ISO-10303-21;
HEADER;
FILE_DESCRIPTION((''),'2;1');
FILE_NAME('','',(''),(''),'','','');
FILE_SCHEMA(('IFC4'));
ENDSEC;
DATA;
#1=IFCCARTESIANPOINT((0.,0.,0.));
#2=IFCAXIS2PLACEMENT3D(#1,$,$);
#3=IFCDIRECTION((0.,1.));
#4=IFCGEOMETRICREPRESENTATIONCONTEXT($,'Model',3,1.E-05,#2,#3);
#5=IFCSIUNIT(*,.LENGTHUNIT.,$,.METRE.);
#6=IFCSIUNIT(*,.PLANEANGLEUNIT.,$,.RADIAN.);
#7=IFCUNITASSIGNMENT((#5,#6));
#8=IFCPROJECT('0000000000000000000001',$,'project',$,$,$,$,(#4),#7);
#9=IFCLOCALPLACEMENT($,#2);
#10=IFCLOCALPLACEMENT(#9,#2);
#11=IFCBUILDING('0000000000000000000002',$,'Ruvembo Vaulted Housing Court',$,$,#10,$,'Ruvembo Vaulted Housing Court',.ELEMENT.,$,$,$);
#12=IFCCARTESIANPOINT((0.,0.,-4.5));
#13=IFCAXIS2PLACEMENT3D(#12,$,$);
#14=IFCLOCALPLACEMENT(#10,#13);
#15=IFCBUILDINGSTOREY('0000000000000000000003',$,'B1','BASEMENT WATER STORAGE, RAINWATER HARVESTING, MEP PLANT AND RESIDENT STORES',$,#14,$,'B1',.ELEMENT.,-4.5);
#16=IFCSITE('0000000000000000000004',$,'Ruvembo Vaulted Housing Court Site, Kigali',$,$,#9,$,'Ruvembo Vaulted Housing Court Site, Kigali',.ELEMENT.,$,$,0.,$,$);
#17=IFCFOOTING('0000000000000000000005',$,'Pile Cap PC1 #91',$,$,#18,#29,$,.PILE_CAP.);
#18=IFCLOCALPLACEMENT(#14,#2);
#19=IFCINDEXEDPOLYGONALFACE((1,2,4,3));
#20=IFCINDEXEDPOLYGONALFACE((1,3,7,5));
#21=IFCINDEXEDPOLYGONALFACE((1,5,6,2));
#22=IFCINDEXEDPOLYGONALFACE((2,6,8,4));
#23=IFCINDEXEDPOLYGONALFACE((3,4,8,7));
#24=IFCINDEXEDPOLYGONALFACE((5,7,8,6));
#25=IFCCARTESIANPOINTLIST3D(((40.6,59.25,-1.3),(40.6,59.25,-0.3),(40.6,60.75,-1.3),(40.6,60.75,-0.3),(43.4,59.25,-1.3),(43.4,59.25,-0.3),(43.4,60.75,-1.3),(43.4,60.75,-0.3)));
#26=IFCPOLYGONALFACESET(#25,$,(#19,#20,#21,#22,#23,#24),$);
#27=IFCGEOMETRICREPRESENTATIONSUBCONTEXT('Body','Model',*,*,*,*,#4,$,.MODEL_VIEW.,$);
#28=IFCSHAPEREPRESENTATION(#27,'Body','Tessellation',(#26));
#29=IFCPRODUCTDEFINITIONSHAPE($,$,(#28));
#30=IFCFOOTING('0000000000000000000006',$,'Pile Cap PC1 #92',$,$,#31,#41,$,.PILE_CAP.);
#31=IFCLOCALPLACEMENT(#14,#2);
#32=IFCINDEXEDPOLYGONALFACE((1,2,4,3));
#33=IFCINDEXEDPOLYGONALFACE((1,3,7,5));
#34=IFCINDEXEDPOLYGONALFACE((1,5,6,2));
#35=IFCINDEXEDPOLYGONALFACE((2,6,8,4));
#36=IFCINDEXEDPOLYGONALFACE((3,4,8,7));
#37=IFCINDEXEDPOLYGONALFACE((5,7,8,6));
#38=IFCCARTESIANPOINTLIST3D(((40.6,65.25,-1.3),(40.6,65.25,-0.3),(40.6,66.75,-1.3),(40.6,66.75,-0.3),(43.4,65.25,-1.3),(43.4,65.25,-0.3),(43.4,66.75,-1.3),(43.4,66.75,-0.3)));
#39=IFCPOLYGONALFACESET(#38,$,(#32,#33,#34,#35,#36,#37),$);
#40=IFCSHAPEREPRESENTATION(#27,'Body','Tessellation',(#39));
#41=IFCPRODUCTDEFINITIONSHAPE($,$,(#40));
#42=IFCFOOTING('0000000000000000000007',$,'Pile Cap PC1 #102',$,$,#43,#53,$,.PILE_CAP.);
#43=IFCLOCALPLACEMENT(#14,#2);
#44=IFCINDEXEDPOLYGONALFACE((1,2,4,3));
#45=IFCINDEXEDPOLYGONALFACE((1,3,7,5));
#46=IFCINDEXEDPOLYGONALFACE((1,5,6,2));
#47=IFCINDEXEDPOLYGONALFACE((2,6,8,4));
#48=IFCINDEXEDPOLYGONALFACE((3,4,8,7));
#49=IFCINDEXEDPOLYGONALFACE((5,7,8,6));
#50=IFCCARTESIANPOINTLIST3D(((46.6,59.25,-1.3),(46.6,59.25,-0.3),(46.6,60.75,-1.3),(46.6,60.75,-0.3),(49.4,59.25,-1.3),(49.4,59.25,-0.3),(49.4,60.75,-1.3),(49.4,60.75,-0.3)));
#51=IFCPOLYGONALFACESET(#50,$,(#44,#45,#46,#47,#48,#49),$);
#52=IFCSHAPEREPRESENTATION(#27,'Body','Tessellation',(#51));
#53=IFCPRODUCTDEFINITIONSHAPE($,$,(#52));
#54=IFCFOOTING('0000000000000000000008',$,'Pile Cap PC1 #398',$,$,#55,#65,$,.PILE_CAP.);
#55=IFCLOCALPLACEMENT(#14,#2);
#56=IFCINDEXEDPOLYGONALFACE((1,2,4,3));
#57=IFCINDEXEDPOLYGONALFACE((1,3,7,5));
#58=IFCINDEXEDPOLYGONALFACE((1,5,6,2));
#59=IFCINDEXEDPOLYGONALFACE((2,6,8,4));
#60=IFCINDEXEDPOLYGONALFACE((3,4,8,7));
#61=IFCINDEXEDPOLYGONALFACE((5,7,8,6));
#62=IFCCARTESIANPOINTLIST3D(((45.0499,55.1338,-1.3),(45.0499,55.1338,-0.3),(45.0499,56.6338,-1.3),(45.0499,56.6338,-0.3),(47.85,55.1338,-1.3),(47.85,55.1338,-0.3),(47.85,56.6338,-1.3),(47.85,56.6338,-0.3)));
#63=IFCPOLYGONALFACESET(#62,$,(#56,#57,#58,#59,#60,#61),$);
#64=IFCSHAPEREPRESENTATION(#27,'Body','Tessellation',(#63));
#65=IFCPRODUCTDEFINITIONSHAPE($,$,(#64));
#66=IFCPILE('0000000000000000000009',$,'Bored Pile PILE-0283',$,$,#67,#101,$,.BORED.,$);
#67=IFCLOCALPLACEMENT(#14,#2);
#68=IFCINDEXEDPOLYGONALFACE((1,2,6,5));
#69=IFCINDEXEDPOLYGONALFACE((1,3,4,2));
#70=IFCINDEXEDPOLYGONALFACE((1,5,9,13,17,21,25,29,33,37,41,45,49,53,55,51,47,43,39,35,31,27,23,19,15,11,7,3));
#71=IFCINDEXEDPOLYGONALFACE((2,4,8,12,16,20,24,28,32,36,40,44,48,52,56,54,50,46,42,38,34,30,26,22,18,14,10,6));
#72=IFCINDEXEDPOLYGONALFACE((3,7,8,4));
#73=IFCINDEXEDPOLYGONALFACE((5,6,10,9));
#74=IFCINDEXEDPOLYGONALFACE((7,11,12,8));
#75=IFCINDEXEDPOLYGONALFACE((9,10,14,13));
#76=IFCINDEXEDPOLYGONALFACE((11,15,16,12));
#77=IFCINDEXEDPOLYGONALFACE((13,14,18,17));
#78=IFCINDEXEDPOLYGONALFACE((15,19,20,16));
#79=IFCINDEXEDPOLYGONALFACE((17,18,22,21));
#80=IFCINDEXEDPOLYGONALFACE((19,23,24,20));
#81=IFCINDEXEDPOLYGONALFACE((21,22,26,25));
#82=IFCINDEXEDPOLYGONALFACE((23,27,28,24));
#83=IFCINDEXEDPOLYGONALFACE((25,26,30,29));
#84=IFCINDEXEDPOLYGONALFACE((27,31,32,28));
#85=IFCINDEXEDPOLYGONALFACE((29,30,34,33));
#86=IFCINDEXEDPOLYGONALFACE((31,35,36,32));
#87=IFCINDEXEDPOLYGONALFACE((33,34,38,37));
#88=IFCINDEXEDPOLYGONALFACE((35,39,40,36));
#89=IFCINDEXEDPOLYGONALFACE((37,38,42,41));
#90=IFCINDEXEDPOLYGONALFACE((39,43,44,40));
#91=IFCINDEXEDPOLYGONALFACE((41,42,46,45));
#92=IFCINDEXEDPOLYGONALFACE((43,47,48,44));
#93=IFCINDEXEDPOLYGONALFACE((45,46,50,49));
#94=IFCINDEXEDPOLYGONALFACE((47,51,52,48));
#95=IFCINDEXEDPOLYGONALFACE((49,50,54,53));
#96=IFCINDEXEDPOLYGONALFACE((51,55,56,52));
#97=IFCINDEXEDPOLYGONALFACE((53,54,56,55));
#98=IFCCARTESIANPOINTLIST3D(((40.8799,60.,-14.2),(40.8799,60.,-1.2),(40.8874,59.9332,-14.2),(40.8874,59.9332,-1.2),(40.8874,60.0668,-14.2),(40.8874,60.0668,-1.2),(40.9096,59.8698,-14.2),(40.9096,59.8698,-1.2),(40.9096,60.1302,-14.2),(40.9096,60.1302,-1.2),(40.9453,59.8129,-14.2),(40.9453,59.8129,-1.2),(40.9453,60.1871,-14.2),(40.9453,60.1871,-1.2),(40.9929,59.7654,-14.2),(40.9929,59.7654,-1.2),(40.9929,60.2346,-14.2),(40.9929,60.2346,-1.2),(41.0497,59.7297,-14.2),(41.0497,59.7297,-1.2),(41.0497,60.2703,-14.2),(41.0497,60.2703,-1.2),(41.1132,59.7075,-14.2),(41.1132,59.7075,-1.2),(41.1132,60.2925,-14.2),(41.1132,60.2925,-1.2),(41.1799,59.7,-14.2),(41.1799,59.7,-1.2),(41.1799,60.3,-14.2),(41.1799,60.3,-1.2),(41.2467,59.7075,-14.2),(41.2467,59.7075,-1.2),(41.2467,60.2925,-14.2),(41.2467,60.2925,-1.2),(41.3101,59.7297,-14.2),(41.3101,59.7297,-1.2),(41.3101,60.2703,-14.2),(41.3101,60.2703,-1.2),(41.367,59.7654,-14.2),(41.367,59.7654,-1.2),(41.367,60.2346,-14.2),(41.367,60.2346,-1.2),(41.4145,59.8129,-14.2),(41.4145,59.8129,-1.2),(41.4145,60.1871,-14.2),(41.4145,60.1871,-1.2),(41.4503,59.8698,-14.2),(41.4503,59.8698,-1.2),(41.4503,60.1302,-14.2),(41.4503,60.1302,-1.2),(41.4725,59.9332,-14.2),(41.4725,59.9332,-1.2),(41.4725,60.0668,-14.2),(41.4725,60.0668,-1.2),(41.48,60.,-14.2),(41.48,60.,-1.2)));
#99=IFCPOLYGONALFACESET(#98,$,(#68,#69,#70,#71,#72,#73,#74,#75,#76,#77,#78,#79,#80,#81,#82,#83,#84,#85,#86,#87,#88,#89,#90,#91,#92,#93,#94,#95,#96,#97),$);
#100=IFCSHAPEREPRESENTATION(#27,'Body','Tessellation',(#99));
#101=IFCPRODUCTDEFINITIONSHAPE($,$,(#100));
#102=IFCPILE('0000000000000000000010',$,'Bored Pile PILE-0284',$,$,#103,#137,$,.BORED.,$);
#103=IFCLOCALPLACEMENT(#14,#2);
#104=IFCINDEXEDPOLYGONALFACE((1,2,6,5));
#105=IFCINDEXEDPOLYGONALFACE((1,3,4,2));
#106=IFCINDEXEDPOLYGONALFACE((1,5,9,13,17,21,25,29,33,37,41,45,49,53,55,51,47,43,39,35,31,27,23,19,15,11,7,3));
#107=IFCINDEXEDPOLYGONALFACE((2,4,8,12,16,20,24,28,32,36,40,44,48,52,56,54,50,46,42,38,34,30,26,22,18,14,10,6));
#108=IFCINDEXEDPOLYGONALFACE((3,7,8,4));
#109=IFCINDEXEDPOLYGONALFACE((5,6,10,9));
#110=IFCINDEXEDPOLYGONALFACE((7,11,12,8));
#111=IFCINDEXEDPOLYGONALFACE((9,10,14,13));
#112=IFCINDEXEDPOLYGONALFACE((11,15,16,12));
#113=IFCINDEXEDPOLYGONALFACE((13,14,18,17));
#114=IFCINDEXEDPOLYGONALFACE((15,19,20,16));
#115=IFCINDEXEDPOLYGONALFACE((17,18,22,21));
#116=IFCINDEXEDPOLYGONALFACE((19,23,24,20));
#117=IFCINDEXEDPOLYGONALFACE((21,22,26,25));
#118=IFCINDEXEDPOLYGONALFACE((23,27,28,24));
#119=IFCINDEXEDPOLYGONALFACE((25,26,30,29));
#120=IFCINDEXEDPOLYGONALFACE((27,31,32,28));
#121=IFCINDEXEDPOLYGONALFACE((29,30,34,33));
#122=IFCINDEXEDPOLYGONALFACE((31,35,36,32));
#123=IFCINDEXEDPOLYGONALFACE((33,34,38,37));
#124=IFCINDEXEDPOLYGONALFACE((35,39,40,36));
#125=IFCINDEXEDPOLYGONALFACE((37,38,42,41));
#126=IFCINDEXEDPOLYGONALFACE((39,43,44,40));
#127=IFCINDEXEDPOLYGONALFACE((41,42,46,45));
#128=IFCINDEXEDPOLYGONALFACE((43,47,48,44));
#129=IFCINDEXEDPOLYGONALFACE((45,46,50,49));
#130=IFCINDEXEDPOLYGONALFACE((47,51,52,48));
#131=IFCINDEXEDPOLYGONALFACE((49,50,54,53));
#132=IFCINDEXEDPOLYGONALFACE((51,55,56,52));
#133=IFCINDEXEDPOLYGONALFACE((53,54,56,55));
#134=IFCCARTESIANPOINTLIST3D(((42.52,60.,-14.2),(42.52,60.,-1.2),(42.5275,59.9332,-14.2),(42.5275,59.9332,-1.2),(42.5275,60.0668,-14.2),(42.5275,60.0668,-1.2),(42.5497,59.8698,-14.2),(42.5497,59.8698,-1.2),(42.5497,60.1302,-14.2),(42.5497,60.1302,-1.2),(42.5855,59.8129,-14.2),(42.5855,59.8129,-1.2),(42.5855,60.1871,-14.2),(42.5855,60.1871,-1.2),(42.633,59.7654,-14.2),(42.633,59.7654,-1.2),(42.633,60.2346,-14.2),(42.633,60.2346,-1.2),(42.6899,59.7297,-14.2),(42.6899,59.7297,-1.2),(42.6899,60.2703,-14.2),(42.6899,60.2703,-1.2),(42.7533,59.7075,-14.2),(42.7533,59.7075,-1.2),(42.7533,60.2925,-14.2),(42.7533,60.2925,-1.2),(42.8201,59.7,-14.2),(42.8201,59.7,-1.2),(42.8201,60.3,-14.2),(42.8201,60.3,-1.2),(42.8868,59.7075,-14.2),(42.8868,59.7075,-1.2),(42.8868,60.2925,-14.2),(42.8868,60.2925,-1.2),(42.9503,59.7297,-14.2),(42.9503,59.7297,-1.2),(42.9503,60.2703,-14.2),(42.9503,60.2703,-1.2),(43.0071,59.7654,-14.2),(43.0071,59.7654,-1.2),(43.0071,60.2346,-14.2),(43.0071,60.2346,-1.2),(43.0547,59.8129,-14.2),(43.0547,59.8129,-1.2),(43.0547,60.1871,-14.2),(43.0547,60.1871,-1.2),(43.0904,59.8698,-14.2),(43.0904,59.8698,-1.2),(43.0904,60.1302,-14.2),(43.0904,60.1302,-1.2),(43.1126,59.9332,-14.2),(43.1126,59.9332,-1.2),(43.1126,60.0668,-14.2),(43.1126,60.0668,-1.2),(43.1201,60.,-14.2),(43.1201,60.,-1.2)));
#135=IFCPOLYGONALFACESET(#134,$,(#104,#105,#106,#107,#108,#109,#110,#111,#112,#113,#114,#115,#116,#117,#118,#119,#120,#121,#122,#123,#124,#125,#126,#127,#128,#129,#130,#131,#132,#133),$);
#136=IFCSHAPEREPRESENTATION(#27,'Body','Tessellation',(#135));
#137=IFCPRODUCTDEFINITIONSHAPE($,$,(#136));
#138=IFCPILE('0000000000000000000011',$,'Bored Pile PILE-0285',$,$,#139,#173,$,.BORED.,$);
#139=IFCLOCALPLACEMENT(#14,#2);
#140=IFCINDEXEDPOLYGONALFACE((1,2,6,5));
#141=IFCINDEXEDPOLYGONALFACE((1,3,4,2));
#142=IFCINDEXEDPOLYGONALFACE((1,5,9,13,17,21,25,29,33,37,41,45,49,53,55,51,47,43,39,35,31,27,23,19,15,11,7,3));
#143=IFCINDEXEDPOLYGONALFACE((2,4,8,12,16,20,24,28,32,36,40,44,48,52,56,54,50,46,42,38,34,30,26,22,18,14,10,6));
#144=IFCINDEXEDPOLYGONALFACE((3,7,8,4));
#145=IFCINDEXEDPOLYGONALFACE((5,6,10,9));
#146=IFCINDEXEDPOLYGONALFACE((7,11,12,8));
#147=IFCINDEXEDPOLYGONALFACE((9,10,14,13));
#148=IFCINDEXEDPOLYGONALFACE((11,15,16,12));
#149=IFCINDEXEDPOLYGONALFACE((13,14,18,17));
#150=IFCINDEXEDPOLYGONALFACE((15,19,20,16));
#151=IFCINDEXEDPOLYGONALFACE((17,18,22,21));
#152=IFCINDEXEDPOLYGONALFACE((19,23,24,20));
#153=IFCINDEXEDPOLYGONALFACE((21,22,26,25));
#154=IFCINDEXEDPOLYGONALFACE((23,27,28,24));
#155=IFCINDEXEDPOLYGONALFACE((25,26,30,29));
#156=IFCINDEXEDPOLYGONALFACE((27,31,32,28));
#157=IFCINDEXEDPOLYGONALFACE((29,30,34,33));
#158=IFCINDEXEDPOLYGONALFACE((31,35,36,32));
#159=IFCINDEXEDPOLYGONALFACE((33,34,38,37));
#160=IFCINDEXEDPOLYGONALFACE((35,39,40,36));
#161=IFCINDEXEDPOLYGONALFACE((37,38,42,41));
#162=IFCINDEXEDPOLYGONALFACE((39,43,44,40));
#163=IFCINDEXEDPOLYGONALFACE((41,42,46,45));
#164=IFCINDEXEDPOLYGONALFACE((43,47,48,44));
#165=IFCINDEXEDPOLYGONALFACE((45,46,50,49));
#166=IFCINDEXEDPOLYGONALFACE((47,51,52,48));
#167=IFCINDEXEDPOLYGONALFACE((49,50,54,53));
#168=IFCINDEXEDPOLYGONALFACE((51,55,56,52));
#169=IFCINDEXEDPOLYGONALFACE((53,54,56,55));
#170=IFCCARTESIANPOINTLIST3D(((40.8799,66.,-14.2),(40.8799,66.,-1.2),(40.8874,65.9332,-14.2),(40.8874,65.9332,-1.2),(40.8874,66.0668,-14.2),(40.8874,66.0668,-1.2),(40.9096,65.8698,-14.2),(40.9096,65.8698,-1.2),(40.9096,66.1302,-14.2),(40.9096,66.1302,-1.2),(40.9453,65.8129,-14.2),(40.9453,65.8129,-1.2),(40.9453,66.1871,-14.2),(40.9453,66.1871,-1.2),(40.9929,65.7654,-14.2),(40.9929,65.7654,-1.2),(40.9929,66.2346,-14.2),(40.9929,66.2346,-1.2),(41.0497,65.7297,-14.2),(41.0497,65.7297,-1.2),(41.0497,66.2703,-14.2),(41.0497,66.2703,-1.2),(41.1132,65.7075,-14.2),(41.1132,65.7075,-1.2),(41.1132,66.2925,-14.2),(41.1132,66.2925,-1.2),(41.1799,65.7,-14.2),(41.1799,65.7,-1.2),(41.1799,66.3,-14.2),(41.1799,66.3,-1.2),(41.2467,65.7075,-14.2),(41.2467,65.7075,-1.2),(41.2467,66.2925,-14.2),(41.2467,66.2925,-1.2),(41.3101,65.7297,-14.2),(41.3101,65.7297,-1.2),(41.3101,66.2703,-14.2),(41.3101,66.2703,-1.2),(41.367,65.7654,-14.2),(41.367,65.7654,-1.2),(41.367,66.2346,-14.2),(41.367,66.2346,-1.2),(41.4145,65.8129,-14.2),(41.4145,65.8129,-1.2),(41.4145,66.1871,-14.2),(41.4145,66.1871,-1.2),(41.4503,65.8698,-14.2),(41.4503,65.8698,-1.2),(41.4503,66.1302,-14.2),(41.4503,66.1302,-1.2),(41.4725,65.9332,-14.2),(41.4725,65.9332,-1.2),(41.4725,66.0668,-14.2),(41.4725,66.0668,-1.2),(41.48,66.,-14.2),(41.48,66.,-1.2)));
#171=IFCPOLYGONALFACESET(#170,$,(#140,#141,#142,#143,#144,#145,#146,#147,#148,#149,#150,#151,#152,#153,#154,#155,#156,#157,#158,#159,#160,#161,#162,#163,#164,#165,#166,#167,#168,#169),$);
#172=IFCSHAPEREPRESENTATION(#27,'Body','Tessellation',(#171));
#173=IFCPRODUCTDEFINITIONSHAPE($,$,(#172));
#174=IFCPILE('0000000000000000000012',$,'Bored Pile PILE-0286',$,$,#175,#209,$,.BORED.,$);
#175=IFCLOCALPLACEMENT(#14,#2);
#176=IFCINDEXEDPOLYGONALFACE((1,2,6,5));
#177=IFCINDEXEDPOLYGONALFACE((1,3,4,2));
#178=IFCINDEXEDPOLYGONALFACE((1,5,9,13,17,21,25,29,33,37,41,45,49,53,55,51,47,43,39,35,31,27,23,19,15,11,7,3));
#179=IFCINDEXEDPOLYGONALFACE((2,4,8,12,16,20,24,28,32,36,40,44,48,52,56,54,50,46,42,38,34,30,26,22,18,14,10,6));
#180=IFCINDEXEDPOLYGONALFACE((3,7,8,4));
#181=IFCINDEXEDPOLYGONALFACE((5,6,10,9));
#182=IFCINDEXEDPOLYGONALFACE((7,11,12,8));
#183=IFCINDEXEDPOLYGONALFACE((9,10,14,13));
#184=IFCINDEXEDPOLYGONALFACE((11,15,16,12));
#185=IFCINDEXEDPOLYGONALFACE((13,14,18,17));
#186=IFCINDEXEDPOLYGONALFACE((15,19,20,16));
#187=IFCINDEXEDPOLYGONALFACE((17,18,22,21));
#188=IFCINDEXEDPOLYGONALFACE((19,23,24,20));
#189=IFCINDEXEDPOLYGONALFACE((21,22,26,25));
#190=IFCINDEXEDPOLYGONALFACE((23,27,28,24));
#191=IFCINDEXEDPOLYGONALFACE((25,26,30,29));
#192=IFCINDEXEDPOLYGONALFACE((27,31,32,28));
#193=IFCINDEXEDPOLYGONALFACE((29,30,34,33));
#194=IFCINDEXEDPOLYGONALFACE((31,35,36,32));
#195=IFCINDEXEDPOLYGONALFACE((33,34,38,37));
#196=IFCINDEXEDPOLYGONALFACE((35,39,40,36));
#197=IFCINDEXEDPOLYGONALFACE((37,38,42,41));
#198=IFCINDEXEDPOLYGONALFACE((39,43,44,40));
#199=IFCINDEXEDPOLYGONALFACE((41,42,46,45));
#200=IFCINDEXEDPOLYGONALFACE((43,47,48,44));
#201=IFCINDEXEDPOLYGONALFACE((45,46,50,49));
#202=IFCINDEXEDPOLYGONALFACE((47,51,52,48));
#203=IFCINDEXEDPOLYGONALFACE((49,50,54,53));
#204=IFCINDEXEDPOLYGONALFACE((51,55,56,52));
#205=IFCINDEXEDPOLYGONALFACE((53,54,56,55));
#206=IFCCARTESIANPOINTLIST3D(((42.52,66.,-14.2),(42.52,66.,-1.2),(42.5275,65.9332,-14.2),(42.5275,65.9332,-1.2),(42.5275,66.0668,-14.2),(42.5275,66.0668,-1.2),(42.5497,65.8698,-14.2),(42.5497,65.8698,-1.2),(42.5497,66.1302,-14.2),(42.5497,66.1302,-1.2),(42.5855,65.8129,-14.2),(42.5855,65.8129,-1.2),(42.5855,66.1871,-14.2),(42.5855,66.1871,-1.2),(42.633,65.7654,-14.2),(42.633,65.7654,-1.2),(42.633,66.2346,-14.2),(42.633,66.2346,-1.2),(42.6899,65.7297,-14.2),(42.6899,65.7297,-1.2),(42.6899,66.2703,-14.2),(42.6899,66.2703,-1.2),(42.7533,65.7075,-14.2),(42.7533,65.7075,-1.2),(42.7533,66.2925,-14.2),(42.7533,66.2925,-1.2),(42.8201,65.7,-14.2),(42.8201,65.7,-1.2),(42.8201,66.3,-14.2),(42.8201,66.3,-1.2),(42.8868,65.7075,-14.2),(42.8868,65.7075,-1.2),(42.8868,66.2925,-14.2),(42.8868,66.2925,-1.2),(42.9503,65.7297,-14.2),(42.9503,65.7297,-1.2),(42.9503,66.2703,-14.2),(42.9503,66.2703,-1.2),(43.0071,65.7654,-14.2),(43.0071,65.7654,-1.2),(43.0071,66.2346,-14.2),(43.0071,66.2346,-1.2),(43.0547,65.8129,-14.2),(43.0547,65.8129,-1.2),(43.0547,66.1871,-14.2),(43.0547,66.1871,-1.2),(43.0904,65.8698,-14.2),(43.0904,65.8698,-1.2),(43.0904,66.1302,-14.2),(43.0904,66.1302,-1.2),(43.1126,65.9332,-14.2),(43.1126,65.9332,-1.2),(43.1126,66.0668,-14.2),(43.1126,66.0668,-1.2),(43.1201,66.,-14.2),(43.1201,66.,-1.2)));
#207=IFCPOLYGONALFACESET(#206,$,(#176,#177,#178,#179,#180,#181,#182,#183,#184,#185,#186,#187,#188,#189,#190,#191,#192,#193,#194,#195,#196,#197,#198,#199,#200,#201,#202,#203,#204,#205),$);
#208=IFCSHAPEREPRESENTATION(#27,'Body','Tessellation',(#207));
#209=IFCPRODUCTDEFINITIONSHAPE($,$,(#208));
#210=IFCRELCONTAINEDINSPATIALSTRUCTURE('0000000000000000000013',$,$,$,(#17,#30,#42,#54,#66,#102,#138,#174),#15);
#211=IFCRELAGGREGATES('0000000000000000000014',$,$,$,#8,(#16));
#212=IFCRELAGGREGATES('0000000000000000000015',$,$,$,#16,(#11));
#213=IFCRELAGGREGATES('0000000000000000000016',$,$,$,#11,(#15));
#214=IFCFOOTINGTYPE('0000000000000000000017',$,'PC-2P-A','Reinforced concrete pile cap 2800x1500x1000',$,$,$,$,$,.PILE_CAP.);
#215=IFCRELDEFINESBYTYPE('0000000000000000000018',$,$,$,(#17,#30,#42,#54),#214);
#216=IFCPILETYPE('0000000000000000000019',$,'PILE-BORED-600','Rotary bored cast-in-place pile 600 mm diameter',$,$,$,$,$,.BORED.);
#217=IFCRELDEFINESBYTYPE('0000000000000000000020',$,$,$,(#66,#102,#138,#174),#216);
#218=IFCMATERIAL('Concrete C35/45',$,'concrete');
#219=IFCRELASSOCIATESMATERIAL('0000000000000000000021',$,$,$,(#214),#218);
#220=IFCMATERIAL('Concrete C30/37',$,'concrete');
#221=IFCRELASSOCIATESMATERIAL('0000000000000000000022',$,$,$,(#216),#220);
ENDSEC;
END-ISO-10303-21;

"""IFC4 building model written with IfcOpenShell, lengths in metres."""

from ifc_helpers import new_model, si_unit, direction, frame, origin, origin_2d, place, context, subcontext, project, spatial, rectangle, circle, extrude, material, material_profile, profile_set, type_object, element, save


model = new_model("IFC4")

# Units and contexts
model_context = context("Model", 3, precision=1e-05, world=origin(), true_north=direction((0.0, 1.0)))
body_context = subcontext(model_context, "Body", "Model", "MODEL_VIEW")
ifc_project = project(units=[si_unit("LENGTHUNIT", "METRE"), si_unit("PLANEANGLEUNIT", "RADIAN")], contexts=[model_context])

# Site, building, storey
site_placement = place(None, origin())
site = spatial("IfcSite", under=ifc_project, at=site_placement, Name="Ruvembo Vaulted Housing Court Site, Kigali", LongName="Ruvembo Vaulted Housing Court Site, Kigali", CompositionType="ELEMENT", RefElevation=0.0)
building_placement = place(site_placement, origin())
building = spatial("IfcBuilding", under=site, at=building_placement, Name="Ruvembo Vaulted Housing Court", LongName="Ruvembo Vaulted Housing Court", CompositionType="ELEMENT")
storey_placement = place(building_placement, frame((0.0, 0.0, -4.5)))
storey = spatial("IfcBuildingStorey", under=building, at=storey_placement, Name="B1", Description="BASEMENT WATER STORAGE, RAINWATER HARVESTING, MEP PLANT AND RESIDENT STORES", LongName="B1", CompositionType="ELEMENT", Elevation=-4.5)

# Footings
ifc_material_1 = material(Name="Concrete C35/45", Category="concrete")
footing_type = type_object("IfcFootingType", Name="PC-2P-A", Description="Reinforced concrete pile cap 2800x1500x1000", PredefinedType="PILE_CAP", material=ifc_material_1)
for number, where, z_axis, x_axis, name in (
    (1, (42.0, 60.0, -1.3), (0.0, 0.0, 1.0), (1.0, 0.0, 0.0), "Pile Cap PC1 #91"),
    (2, (42.0, 66.0, -1.3), (0.0, 0.0, 1.0), (1.0, 0.0, 0.0), "Pile Cap PC1 #92"),
    (3, (48.0, 60.0, -1.3), (0.0, 0.0, 1.0), (1.0, 0.0, 0.0), "Pile Cap PC1 #102"),
    (4, (46.45, 55.8838, -1.3), (0.0, 0.0, 1.0), (1.0, 0.0, 0.0), "Pile Cap PC1 #398"),
):
    element("IfcFooting", number, at=place(storey_placement, frame(where, z_axis=z_axis, x_axis=x_axis)), inside=storey, type_object=footing_type, Name=name, PredefinedType="PILE_CAP", context=body_context, shape_type="SweptSolid", body=[
        extrude(rectangle(XDim=2.8, YDim=1.5, at=origin_2d()), origin(), (0.0, 0.0, 1.0), 1.0),
    ])

# Piles
ifc_material_2 = material(Name="Concrete C30/37", Category="concrete")
ifc_material_profile_1 = material_profile(ifc_material_2, circle(Radius=0.3, at=origin_2d()), Name="PILE D600")
ifc_profile_set_1 = profile_set([ifc_material_profile_1], Name="Concrete C30/37")
pile_type = type_object("IfcPileType", Name="PILE-BORED-600", Description="Rotary bored cast-in-place pile 600 mm diameter", PredefinedType="BORED", material=ifc_profile_set_1)
for number, where, z_axis, x_axis, name in (
    (5, (41.1799, 60.0, -1.2), (0.0, 0.0, -1.0), (1.0, 0.0, 0.0), "Bored Pile PILE-0283"),
    (6, (42.8201, 60.0, -1.2), (0.0, 0.0, -1.0), (1.0, 0.0, 0.0), "Bored Pile PILE-0284"),
    (7, (41.1799, 66.0, -1.2), (0.0, 0.0, -1.0), (1.0, 0.0, 0.0), "Bored Pile PILE-0285"),
    (8, (42.8201, 66.0, -1.2), (0.0, 0.0, -1.0), (1.0, 0.0, 0.0), "Bored Pile PILE-0286"),
):
    element("IfcPile", number, at=place(storey_placement, frame(where, z_axis=z_axis, x_axis=x_axis)), inside=storey, type_object=pile_type, Name=name, PredefinedType="BORED", context=body_context, shape_type="SweptSolid", body=[
        extrude(circle(Radius=0.3, at=origin_2d()), origin(), (0.0, 0.0, 1.0), 13.0),
    ])

save(model, "model.ifc")
